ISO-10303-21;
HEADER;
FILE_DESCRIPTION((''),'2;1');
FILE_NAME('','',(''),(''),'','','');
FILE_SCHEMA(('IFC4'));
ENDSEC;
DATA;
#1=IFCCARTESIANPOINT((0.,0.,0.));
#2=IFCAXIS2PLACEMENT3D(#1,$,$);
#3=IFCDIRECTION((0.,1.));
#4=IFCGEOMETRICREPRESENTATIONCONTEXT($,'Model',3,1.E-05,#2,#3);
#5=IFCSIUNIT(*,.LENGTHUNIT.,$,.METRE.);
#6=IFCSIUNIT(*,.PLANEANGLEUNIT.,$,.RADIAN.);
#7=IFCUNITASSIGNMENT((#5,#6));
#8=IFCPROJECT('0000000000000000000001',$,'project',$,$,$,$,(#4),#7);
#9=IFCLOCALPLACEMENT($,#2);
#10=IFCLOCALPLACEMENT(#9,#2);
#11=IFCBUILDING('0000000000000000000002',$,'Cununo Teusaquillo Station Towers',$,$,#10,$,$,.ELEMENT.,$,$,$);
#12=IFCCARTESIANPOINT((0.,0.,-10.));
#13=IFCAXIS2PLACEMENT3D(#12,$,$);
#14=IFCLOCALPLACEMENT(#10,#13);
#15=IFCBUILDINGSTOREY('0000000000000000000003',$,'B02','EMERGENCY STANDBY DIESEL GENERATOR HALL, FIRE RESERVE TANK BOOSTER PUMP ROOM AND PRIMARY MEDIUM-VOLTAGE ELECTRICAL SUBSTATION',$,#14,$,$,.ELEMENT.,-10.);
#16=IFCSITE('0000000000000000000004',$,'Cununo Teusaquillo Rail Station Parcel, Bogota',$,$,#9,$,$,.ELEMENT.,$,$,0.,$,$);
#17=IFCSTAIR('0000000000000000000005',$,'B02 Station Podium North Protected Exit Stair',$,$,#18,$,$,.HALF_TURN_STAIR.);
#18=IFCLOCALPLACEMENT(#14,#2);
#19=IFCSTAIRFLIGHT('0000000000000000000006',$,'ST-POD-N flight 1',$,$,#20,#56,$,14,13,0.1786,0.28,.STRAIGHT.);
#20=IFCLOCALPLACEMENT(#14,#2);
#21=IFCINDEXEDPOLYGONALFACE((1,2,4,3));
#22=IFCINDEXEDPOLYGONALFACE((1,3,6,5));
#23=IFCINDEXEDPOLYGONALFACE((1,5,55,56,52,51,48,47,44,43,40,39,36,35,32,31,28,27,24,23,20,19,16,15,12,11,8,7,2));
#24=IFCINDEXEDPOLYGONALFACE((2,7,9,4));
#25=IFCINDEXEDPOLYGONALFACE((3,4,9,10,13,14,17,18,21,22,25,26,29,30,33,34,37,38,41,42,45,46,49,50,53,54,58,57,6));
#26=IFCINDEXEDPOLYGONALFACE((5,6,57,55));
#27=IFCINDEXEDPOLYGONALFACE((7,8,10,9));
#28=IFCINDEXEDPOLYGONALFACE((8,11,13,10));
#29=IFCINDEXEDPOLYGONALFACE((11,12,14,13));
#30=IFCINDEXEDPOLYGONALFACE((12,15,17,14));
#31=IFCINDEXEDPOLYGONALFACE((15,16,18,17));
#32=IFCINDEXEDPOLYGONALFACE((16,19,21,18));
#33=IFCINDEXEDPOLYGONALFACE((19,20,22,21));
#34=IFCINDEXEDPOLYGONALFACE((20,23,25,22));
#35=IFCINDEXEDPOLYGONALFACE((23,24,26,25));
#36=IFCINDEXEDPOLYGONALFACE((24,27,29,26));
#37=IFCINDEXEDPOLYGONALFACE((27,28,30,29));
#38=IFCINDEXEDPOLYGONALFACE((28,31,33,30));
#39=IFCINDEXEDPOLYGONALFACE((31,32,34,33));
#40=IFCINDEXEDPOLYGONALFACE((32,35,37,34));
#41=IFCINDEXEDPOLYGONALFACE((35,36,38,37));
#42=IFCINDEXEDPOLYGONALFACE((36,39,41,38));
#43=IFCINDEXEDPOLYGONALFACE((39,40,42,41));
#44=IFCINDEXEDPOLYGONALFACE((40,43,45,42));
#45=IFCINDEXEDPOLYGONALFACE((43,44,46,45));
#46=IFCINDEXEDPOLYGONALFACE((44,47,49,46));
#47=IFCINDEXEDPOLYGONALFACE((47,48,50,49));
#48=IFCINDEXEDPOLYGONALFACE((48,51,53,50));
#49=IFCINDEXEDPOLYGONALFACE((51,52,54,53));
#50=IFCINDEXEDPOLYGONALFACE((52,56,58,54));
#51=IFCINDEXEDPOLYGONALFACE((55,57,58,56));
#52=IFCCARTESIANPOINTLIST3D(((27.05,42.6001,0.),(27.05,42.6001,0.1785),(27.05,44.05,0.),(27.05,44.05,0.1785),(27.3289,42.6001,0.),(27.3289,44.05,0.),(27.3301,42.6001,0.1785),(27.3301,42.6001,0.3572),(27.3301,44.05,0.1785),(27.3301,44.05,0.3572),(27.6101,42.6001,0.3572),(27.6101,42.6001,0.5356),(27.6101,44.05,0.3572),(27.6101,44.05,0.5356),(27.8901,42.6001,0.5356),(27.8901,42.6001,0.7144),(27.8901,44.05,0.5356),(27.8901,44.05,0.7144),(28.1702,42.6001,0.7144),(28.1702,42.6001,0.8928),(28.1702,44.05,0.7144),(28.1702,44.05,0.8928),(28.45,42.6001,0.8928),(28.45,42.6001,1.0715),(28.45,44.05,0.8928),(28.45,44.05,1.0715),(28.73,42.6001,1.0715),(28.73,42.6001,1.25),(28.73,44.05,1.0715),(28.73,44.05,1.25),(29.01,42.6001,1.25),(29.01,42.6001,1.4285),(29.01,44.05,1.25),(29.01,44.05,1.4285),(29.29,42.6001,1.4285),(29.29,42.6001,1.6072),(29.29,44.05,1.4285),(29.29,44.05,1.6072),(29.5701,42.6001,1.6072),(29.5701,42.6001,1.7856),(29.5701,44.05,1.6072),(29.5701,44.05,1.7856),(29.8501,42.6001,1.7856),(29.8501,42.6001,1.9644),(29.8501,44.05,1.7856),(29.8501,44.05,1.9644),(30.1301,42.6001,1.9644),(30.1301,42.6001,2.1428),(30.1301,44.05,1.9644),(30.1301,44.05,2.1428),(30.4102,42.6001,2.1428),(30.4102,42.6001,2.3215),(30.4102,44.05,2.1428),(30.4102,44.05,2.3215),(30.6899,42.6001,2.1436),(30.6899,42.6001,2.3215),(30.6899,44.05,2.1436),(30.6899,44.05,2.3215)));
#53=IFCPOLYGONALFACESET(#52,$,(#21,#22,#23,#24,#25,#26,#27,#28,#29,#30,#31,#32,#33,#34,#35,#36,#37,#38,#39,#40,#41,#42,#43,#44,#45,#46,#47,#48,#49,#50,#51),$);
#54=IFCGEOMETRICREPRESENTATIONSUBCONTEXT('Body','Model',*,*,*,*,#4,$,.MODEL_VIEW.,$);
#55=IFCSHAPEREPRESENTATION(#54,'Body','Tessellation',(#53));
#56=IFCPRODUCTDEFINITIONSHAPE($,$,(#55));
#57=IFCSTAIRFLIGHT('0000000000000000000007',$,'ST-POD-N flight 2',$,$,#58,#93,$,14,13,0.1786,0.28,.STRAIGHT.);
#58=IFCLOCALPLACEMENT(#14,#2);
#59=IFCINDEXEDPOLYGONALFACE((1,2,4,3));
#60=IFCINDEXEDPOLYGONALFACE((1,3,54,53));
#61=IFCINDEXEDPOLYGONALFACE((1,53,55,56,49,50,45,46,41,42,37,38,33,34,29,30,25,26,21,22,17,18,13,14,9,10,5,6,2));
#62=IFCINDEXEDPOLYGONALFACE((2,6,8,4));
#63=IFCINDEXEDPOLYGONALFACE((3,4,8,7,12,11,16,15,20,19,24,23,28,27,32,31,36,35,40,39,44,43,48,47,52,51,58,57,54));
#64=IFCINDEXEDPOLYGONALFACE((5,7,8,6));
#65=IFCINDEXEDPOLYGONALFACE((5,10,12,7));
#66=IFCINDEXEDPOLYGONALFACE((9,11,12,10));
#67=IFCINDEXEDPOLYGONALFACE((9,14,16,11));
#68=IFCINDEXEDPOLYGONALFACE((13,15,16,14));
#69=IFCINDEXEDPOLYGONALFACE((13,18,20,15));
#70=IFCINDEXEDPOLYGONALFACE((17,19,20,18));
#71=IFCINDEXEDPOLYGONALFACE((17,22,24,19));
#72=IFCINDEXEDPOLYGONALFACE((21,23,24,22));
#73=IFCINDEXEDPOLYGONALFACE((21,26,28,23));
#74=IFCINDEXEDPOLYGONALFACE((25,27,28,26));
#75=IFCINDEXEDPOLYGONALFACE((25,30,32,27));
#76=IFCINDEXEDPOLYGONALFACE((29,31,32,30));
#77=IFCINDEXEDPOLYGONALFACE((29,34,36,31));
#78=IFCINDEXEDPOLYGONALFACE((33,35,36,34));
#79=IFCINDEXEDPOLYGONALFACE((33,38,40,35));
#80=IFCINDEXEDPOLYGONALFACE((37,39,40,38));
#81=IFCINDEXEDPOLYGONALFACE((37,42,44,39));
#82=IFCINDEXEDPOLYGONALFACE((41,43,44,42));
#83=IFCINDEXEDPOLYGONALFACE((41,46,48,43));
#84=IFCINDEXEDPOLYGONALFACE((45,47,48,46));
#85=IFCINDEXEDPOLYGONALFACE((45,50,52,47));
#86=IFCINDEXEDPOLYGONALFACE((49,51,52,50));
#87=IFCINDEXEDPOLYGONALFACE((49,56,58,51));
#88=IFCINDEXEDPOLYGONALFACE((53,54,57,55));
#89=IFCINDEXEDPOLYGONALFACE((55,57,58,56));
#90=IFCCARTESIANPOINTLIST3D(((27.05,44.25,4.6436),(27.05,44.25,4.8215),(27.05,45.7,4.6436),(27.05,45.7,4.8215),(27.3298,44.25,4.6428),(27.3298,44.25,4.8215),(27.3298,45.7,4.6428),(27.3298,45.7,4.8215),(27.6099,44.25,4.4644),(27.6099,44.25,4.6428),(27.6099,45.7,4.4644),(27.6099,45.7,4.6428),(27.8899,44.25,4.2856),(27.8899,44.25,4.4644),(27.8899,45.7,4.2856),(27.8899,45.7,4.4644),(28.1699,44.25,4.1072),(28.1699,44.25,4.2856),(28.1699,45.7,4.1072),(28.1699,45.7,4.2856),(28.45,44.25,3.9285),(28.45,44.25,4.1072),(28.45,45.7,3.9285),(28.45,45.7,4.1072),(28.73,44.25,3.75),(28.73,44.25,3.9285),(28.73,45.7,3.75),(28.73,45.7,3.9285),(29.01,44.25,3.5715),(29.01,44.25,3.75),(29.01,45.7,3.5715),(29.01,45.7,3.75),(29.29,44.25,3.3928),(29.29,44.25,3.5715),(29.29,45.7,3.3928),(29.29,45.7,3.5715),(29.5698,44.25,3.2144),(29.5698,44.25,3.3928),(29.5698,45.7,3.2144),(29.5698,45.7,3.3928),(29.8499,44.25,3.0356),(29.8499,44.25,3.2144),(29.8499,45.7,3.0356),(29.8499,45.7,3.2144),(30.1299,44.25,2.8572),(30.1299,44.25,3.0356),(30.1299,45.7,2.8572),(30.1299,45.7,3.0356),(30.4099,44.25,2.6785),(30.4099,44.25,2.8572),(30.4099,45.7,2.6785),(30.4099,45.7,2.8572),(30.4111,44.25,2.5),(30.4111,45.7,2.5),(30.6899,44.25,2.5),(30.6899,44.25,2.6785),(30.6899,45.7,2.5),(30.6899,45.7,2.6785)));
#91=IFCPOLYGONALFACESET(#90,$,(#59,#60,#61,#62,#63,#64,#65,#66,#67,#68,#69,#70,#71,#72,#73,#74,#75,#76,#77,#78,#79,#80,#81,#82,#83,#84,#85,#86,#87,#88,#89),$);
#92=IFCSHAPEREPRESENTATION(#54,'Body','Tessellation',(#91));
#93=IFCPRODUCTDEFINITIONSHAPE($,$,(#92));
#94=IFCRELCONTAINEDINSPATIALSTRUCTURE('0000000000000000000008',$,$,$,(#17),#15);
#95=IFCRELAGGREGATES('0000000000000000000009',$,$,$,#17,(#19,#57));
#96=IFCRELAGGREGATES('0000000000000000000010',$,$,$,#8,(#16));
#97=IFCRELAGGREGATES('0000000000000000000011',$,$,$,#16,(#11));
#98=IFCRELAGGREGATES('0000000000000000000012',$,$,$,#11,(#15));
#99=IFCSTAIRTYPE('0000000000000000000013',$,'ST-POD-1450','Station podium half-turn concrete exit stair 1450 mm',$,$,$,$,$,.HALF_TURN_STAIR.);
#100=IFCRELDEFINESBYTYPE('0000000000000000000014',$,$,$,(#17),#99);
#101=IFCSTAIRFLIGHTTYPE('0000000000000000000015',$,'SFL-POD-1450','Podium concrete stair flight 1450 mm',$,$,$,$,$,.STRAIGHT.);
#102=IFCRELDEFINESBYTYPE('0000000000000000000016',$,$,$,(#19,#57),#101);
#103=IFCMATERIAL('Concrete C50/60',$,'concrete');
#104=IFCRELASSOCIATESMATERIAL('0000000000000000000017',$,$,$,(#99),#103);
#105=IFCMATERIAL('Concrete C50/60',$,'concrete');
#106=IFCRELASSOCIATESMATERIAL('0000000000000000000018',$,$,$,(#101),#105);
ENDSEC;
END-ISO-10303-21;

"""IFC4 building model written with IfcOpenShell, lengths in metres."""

from ifc_helpers import new_model, si_unit, direction, frame, origin, place, context, subcontext, project, spatial, polyline, outline, extrude, material, type_object, element, aggregate, save


model = new_model("IFC4")

# Units and contexts
model_context = context("Model", 3, precision=1e-05, world=origin(), true_north=direction((0.0, 1.0)))
body_context = subcontext(model_context, "Body", "Model", "MODEL_VIEW")
ifc_project = project(units=[si_unit("LENGTHUNIT", "METRE"), si_unit("PLANEANGLEUNIT", "RADIAN")], contexts=[model_context])

# Site, building, storey
site_placement = place(None, origin())
site = spatial("IfcSite", under=ifc_project, at=site_placement, Name="Cununo Teusaquillo Rail Station Parcel, Bogota", CompositionType="ELEMENT", RefElevation=0.0)
building_placement = place(site_placement, origin())
building = spatial("IfcBuilding", under=site, at=building_placement, Name="Cununo Teusaquillo Station Towers", CompositionType="ELEMENT")
storey_placement = place(building_placement, frame((0.0, 0.0, -10.0)))
storey = spatial("IfcBuildingStorey", under=building, at=storey_placement, Name="B02", Description="EMERGENCY STANDBY DIESEL GENERATOR HALL, FIRE RESERVE TANK BOOSTER PUMP ROOM AND PRIMARY MEDIUM-VOLTAGE ELECTRICAL SUBSTATION", CompositionType="ELEMENT", Elevation=-10.0)

# Stair, stair flights
ifc_material_1 = material(Name="Concrete C50/60", Category="concrete")
stair_type = type_object("IfcStairType", Name="ST-POD-1450", Description="Station podium half-turn concrete exit stair 1450 mm", PredefinedType="HALF_TURN_STAIR", material=ifc_material_1)
stair_placement = place(storey_placement, origin())
stair = element("IfcStair", 1, at=stair_placement, inside=storey, type_object=stair_type, Name="B02 Station Podium North Protected Exit Stair", PredefinedType="HALF_TURN_STAIR")
ifc_material_2 = material(Name="Concrete C50/60", Category="concrete")
stair_flight_type = type_object("IfcStairFlightType", Name="SFL-POD-1450", Description="Podium concrete stair flight 1450 mm", PredefinedType="STRAIGHT", material=ifc_material_2)
stair_flight_1_placement = place(storey_placement, frame((27.05, 43.325, 0.0), z_axis=(0.0, 0.0, 1.0), x_axis=(1.0, 0.0, 0.0)))
stair_flight_1 = element("IfcStairFlight", 2, at=stair_flight_1_placement, type_object=stair_flight_type, Name="ST-POD-N flight 1", NumberOfRisers=14, NumberOfTreads=13, PredefinedType="STRAIGHT", RiserHeight=0.1786, TreadLength=0.28, context=body_context, shape_type="SweptSolid", body=[
    extrude(outline(polyline([(0.0, 0.0), (0.0, 0.1785), (0.28, 0.1785), (0.28, 0.3572), (0.5601, 0.3572), (0.5601, 0.5356), (0.8401, 0.5356), (0.8401, 0.7144), (1.1201, 0.7144), (1.1201, 0.8928), (1.3999, 0.8928), (1.3999, 1.0715), (1.6799, 1.0715), (1.6799, 1.25), (1.96, 1.25), (1.96, 1.4285), (2.24, 1.4285), (2.24, 1.6072), (2.52, 1.6072), (2.52, 1.7856), (2.8, 1.7856), (2.8, 1.9644), (3.0801, 1.9644), (3.0801, 2.1428), (3.3601, 2.1428), (3.3601, 2.3215), (3.6399, 2.3215), (3.6399, 2.5), (3.6399, 2.1436), (0.2788, 0.0), (0.0, 0.0)])), frame((0.0, 0.7251, 0.0), z_axis=(0.0, -1.0, 0.0), x_axis=(1.0, 0.0, 0.0)), (0.0, 0.0, 1.0), 1.45),
])
stair_flight_2_placement = place(storey_placement, frame((30.6899, 44.9751, 2.5), z_axis=(0.0, 0.0, 1.0), x_axis=(-1.0, 0.0, 0.0)))
stair_flight_2 = element("IfcStairFlight", 3, at=stair_flight_2_placement, type_object=stair_flight_type, Name="ST-POD-N flight 2", NumberOfRisers=14, NumberOfTreads=13, PredefinedType="STRAIGHT", RiserHeight=0.1786, TreadLength=0.28, context=body_context, shape_type="SweptSolid", body=[
    extrude(outline(polyline([(0.0, 0.0), (0.0, 0.1785), (0.28, 0.1785), (0.28, 0.3572), (0.5601, 0.3572), (0.5601, 0.5356), (0.8401, 0.5356), (0.8401, 0.7144), (1.1201, 0.7144), (1.1201, 0.8928), (1.3999, 0.8928), (1.3999, 1.0715), (1.6799, 1.0715), (1.6799, 1.25), (1.96, 1.25), (1.96, 1.4285), (2.24, 1.4285), (2.24, 1.6072), (2.52, 1.6072), (2.52, 1.7856), (2.8, 1.7856), (2.8, 1.9644), (3.0801, 1.9644), (3.0801, 2.1428), (3.3601, 2.1428), (3.3601, 2.3215), (3.6399, 2.3215), (3.6399, 2.5), (3.6399, 2.1436), (0.2788, 0.0), (0.0, 0.0)])), frame((0.0, 0.7251, 0.0), z_axis=(0.0, -1.0, 0.0), x_axis=(1.0, 0.0, 0.0)), (0.0, 0.0, 1.0), 1.45),
])
aggregate(stair, [stair_flight_1, stair_flight_2])

save(model, "model.ifc")
